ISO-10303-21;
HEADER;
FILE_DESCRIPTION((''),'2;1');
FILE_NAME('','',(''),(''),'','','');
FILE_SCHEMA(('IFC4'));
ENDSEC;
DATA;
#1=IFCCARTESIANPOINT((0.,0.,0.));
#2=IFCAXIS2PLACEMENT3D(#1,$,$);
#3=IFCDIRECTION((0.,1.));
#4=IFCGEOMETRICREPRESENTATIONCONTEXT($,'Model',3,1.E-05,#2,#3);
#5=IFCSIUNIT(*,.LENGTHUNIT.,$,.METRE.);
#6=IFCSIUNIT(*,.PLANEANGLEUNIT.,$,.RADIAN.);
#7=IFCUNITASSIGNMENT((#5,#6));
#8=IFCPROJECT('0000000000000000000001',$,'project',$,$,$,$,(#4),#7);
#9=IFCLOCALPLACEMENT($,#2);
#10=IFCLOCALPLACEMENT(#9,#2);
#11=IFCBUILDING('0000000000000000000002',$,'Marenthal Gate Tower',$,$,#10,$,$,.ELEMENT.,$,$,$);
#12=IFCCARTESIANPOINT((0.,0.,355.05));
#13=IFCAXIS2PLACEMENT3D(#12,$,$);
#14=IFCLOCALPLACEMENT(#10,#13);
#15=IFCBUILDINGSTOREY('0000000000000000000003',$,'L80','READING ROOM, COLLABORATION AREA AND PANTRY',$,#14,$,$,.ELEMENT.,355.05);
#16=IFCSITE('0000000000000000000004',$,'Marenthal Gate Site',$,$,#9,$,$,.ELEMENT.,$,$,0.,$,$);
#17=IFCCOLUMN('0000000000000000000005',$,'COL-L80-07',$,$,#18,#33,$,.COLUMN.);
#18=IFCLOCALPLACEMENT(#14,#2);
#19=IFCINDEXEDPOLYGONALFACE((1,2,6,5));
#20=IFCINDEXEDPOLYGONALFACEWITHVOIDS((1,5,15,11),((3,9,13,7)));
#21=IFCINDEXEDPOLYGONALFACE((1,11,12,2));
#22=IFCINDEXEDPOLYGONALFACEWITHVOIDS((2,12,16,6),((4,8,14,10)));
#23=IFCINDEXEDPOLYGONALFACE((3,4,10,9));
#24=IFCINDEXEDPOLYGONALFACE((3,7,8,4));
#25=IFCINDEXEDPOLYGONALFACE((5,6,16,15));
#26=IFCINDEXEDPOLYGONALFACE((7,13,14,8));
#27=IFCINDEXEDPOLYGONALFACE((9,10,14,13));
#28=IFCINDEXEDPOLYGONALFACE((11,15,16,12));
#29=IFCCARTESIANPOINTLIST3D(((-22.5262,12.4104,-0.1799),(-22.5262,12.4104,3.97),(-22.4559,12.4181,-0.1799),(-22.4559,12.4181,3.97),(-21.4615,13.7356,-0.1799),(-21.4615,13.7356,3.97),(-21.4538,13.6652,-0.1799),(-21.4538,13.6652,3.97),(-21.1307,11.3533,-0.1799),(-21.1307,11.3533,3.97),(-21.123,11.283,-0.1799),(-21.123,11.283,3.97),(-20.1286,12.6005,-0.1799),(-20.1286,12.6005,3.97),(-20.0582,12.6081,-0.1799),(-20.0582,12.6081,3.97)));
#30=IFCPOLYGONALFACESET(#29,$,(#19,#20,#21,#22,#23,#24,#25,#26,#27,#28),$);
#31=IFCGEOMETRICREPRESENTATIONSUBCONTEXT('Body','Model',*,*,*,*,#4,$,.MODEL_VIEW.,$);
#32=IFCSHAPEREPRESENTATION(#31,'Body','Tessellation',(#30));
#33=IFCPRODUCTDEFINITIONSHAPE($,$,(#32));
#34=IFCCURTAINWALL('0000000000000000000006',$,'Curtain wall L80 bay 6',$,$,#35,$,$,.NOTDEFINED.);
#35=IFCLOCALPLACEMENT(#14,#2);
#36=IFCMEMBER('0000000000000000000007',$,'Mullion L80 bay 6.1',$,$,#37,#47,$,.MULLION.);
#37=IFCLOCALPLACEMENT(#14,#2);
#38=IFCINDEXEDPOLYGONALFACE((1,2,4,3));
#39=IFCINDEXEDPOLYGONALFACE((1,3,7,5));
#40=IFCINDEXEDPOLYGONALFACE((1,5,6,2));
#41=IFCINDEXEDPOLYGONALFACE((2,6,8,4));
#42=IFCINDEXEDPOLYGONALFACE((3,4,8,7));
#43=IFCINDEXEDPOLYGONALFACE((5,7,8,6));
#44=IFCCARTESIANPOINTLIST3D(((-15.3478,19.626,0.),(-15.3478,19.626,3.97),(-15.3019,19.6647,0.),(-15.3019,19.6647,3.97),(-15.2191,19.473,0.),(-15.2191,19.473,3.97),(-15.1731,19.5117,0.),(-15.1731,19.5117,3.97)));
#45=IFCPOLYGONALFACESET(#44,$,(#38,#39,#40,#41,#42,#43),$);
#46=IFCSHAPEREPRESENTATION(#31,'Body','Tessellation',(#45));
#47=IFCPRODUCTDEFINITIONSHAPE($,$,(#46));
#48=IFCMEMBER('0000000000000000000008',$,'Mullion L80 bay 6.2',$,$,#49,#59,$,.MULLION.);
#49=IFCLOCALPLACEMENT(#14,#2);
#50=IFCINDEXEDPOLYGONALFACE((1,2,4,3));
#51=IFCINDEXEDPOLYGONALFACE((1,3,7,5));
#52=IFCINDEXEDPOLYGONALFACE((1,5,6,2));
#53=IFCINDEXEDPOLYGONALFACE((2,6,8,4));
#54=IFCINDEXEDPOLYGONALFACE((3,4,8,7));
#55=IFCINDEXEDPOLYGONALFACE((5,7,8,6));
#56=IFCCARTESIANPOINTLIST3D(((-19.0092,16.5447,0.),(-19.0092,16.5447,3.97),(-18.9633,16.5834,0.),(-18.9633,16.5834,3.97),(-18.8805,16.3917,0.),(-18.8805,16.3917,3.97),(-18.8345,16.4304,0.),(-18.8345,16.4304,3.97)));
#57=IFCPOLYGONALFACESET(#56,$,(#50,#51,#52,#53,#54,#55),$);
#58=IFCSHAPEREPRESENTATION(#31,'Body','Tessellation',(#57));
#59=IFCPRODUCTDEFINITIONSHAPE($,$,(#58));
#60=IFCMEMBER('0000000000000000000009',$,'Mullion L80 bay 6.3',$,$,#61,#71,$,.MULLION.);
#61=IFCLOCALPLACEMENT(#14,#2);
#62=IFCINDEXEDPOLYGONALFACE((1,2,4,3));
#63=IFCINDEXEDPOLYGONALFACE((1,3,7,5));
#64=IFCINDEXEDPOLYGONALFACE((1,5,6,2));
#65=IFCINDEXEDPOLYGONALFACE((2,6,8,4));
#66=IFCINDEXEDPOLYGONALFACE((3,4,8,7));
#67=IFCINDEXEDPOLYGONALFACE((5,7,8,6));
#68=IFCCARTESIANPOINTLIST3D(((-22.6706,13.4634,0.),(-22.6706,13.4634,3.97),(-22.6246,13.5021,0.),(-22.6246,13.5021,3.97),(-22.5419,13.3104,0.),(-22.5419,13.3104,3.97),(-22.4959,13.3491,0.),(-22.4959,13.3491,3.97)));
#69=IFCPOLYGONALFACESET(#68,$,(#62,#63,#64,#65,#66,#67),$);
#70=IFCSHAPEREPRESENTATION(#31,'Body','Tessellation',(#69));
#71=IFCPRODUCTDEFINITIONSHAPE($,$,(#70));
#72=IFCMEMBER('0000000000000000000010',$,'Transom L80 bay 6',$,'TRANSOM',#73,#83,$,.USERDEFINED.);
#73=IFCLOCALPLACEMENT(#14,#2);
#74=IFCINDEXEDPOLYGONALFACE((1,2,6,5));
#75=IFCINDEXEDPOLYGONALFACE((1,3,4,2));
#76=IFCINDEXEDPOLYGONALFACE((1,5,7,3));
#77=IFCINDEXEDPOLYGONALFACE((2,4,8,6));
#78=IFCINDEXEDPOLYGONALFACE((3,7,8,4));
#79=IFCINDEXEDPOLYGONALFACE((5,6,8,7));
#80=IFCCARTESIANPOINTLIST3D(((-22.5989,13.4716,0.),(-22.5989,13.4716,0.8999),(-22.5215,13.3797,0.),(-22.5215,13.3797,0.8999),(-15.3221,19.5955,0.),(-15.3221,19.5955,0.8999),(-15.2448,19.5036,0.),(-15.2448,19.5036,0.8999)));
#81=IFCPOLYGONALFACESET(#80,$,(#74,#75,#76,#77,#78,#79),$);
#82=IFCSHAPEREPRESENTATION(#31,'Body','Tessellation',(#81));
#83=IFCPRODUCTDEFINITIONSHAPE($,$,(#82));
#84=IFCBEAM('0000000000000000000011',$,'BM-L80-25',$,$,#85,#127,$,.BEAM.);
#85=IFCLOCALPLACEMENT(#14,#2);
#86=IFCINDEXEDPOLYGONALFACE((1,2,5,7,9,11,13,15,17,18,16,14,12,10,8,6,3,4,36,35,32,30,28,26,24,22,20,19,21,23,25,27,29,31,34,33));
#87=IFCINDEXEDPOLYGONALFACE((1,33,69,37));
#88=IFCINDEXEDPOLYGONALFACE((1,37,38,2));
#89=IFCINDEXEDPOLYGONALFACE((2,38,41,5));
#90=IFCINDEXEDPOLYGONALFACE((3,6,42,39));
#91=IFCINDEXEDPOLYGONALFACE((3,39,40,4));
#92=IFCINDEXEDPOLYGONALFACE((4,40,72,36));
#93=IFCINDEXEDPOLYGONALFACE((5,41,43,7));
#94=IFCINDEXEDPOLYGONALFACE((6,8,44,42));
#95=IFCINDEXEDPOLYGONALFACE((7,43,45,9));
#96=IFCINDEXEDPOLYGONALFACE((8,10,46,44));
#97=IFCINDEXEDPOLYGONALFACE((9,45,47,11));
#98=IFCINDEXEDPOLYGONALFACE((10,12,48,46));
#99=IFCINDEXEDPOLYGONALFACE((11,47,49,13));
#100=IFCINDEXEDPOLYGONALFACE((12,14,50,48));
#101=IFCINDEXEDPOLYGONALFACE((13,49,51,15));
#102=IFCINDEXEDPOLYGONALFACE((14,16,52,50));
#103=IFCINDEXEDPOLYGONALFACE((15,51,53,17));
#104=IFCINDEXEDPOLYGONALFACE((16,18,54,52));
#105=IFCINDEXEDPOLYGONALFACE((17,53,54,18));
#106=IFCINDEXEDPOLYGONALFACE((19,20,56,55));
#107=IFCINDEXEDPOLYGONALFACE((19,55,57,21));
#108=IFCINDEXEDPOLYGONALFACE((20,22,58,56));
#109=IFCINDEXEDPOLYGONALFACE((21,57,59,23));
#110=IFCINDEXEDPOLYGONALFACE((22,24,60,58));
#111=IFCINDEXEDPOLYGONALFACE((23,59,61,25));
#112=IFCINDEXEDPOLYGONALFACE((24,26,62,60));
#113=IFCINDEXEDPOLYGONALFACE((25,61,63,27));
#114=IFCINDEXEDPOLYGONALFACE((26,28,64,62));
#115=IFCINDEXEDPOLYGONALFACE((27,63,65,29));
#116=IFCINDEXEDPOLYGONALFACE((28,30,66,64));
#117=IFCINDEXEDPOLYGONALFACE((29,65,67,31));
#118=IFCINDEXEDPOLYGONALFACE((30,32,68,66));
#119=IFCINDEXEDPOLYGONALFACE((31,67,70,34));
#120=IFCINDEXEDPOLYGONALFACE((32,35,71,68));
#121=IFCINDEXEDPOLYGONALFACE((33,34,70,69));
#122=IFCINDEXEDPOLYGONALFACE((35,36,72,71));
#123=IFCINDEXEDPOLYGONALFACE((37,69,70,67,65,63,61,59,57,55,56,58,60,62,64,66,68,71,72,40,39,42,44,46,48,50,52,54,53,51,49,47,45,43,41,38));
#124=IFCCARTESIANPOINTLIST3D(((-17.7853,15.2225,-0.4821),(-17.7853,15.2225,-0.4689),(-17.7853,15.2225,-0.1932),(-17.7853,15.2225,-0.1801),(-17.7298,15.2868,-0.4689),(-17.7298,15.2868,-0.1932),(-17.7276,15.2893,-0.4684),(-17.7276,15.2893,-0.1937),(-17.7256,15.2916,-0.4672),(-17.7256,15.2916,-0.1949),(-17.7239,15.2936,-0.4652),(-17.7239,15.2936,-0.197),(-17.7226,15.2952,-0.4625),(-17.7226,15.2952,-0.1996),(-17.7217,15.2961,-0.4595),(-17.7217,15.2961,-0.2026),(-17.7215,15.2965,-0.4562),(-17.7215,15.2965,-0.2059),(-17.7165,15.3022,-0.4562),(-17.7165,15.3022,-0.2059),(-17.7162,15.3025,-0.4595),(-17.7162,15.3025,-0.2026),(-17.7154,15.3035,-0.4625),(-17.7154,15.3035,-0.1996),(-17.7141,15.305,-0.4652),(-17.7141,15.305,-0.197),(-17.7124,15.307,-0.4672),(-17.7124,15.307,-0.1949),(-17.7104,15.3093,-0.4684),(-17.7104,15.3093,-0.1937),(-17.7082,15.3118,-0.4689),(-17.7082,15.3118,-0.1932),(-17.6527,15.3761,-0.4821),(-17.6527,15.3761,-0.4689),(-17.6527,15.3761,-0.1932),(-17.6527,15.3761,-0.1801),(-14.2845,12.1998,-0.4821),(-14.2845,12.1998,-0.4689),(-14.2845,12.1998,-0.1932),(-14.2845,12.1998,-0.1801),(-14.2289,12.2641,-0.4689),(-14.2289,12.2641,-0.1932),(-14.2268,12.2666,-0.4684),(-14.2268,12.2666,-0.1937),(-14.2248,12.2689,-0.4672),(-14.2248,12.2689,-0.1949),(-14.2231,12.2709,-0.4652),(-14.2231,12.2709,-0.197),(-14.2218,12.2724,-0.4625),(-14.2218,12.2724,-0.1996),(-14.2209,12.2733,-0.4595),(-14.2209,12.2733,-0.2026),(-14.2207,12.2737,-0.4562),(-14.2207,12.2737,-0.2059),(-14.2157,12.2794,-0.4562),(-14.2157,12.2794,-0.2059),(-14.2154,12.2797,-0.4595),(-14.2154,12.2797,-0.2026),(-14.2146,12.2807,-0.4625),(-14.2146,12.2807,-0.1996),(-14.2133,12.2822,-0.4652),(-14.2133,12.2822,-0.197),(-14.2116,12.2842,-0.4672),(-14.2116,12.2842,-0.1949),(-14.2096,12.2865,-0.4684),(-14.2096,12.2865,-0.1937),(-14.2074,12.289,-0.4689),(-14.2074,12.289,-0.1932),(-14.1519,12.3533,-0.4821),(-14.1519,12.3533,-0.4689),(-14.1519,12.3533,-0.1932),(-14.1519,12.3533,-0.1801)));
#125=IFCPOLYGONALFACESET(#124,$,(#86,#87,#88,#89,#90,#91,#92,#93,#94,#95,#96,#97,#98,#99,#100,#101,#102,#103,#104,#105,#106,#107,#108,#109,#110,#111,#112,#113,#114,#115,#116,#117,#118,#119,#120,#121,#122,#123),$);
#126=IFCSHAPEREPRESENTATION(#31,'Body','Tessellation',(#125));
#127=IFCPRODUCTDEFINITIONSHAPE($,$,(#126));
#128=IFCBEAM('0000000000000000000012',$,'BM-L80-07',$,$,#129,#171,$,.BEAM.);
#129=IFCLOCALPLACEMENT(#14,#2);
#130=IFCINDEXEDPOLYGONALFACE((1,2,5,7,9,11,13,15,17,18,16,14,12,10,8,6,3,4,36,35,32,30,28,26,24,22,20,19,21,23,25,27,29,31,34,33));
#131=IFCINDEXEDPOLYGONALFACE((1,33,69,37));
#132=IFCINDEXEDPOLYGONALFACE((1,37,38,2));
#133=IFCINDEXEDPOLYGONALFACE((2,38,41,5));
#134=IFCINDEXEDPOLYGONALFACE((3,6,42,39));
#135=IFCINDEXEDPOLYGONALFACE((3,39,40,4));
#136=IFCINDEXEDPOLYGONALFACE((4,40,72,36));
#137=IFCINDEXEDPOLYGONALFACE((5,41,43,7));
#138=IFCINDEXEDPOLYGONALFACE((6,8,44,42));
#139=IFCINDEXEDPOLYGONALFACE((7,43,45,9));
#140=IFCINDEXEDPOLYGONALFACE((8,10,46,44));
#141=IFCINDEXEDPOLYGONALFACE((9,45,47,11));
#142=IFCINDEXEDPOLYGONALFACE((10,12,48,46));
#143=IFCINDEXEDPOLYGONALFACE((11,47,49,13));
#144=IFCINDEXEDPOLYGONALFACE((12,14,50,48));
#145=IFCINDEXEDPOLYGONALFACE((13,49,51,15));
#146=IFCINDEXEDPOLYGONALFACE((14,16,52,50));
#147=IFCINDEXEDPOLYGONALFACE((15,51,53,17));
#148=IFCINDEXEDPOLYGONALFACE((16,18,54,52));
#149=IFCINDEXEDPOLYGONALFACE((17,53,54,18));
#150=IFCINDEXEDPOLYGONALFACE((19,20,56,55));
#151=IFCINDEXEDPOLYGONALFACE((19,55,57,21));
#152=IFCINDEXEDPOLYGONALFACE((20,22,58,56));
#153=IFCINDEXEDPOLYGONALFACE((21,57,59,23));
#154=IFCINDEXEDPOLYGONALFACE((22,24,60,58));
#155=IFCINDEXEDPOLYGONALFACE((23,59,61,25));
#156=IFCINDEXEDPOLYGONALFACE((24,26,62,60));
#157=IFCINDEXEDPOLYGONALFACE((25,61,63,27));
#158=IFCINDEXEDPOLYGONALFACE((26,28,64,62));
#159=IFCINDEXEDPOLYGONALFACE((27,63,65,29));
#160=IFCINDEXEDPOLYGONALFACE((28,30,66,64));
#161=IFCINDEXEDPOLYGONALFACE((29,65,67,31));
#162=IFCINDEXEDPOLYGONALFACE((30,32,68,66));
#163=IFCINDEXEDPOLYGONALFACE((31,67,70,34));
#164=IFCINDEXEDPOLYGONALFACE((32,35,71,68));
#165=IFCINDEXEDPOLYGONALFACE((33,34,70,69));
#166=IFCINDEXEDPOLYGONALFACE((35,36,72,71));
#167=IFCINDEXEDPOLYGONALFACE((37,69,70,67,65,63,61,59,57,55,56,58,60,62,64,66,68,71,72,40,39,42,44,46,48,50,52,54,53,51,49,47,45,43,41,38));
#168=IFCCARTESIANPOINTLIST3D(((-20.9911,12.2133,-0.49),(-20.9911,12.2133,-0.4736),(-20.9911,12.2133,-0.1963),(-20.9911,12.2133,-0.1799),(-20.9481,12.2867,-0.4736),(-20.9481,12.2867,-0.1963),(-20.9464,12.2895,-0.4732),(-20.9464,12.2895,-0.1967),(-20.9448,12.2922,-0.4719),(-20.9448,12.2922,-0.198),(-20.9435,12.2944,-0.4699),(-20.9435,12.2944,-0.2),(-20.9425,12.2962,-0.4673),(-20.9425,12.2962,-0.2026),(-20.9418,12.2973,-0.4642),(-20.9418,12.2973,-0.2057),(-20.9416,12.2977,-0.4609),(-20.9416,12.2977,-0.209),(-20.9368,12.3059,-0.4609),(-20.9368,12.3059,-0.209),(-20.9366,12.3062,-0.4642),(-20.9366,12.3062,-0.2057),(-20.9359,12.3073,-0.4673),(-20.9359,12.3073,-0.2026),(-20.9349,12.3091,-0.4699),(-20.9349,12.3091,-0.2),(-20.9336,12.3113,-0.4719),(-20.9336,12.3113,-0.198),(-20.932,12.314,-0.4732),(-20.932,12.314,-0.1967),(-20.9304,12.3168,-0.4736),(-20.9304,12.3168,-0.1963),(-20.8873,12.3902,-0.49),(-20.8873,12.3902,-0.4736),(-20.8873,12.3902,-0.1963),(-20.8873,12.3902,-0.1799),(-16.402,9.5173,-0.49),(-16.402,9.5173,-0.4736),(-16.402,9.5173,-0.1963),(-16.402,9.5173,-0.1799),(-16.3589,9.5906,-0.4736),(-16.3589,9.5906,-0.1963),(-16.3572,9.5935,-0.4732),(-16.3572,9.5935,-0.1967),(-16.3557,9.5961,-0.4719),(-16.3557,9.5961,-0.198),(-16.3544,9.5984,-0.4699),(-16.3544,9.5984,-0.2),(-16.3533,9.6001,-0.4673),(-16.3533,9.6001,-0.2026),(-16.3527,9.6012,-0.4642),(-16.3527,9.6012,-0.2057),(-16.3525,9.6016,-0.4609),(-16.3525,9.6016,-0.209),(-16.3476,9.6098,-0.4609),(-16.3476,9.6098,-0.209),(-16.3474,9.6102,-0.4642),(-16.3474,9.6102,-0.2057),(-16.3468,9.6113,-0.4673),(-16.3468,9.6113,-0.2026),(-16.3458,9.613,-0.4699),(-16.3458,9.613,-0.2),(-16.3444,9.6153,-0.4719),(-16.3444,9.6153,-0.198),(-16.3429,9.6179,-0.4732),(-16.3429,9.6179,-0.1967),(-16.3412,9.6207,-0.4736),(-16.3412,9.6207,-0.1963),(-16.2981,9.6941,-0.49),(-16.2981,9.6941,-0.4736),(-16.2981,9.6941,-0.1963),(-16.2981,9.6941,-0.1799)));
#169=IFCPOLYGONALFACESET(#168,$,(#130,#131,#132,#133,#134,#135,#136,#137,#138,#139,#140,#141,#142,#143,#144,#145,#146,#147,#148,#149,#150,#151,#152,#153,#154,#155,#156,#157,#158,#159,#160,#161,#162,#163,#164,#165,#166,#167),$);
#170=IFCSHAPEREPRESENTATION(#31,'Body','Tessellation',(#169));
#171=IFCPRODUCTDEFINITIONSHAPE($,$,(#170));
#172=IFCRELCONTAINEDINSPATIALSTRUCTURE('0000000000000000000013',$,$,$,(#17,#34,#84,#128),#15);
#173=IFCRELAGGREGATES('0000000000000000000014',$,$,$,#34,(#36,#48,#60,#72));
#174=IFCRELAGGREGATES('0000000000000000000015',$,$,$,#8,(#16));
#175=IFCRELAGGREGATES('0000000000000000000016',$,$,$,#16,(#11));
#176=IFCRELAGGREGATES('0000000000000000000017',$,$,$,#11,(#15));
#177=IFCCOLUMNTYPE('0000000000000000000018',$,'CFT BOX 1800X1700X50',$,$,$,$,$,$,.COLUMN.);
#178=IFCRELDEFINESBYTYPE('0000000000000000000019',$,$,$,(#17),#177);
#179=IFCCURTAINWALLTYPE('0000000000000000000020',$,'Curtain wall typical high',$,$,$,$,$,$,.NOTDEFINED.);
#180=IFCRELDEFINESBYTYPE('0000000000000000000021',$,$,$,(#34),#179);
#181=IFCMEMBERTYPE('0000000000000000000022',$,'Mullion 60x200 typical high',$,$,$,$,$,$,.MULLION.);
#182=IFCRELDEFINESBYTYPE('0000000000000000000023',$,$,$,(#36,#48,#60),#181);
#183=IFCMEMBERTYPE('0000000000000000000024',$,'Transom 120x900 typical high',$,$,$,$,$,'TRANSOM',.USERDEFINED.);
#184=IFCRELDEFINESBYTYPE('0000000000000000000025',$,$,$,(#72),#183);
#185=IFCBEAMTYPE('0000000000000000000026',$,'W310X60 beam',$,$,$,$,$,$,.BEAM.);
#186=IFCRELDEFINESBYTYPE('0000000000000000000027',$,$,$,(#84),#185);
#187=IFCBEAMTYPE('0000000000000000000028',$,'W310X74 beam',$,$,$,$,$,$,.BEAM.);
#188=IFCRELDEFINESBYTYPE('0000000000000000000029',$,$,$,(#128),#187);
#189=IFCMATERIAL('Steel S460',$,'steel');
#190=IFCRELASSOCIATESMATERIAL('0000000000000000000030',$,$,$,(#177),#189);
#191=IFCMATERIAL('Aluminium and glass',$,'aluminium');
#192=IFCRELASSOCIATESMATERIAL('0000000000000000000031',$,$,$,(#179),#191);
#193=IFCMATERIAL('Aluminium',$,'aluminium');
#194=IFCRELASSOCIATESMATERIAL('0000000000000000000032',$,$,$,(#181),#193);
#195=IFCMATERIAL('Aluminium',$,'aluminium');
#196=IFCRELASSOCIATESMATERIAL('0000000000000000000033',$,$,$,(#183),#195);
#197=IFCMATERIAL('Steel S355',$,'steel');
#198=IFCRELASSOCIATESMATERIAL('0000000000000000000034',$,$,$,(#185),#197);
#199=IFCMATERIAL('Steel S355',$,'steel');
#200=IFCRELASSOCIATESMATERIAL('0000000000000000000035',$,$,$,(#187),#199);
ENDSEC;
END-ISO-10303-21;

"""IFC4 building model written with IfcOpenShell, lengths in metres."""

from ifc_helpers import new_model, si_unit, direction, frame, origin, origin_2d, place, context, subcontext, project, spatial, rectangle, hollow_rectangle, i_section, extrude, material, material_profile, profile_set, type_object, element, aggregate, save


model = new_model("IFC4")

# Units and contexts
model_context = context("Model", 3, precision=1e-05, world=origin(), true_north=direction((0.0, 1.0)))
body_context = subcontext(model_context, "Body", "Model", "MODEL_VIEW")
ifc_project = project(units=[si_unit("LENGTHUNIT", "METRE"), si_unit("PLANEANGLEUNIT", "RADIAN")], contexts=[model_context])

# Site, building, storey
site_placement = place(None, origin())
site = spatial("IfcSite", under=ifc_project, at=site_placement, Name="Marenthal Gate Site", CompositionType="ELEMENT", RefElevation=0.0)
building_placement = place(site_placement, origin())
building = spatial("IfcBuilding", under=site, at=building_placement, Name="Marenthal Gate Tower", CompositionType="ELEMENT")
storey_placement = place(building_placement, frame((0.0, 0.0, 355.05)))
storey = spatial("IfcBuildingStorey", under=building, at=storey_placement, Name="L80", Description="READING ROOM, COLLABORATION AREA AND PANTRY", CompositionType="ELEMENT", Elevation=355.05)

# Column
ifc_material_1 = material(Name="Steel S460", Category="steel")
ifc_material_profile_1 = material_profile(ifc_material_1, hollow_rectangle(XDim=1.7, YDim=1.8, WallThickness=0.05, at=origin_2d()), Name="CFT BOX 1800X1700X50")
ifc_material_2 = material(Name="Concrete 70 MPa", Category="concrete")
ifc_material_profile_2 = material_profile(ifc_material_2, rectangle(XDim=1.6001, YDim=1.7, at=origin_2d()), Name="CFT BOX 1800X1700X50 INFILL")
ifc_profile_set_1 = profile_set([ifc_material_profile_1, ifc_material_profile_2], Name="Steel S460 shell, Concrete 70 MPa infill")
column_type = type_object("IfcColumnType", Name="CFT BOX 1800X1700X50", PredefinedType="COLUMN", material=ifc_profile_set_1)
column_placement = place(storey_placement, frame((-21.2922, 12.5093, -0.1799), z_axis=(0.0, 0.0, 1.0), x_axis=(0.626344, 0.779547, 0.0)))
element("IfcColumn", 1, at=column_placement, inside=storey, type_object=column_type, Name="COL-L80-07", PredefinedType="COLUMN", context=body_context, shape_type="SweptSolid", body=[
    extrude(hollow_rectangle(XDim=1.7, YDim=1.8, WallThickness=0.05, at=origin_2d()), origin(), (0.0, 0.0, 1.0), 4.1499),
])

# Curtain wall, members
ifc_material_3 = material(Name="Aluminium and glass", Category="aluminium")
curtain_wall_type = type_object("IfcCurtainWallType", Name="Curtain wall typical high", PredefinedType="NOTDEFINED", material=ifc_material_3)
curtain_wall_placement = place(storey_placement, origin())
curtain_wall = element("IfcCurtainWall", 2, at=curtain_wall_placement, inside=storey, type_object=curtain_wall_type, Name="Curtain wall L80 bay 6", PredefinedType="NOTDEFINED")
ifc_material_4 = material(Name="Aluminium", Category="aluminium")
ifc_material_profile_3 = material_profile(ifc_material_4, rectangle(XDim=0.2, YDim=0.0601, at=origin_2d()), Name="60x200 aluminium mullion")
ifc_profile_set_2 = profile_set([ifc_material_profile_3], Name="Aluminium")
member_type_1 = type_object("IfcMemberType", Name="Mullion 60x200 typical high", PredefinedType="MULLION", material=ifc_profile_set_2)
member_1_placement = place(storey_placement, frame((-15.2605, 19.5688, 0.0), z_axis=(0.0, 0.0, 1.0), x_axis=(0.643896, -0.765113, 0.0)))
member_1 = element("IfcMember", 3, at=member_1_placement, type_object=member_type_1, Name="Mullion L80 bay 6.1", PredefinedType="MULLION", context=body_context, shape_type="SweptSolid", body=[
    extrude(rectangle(XDim=0.2, YDim=0.0601, at=origin_2d()), origin(), (0.0, 0.0, 1.0), 3.97),
])
member_2_placement = place(storey_placement, frame((-18.9219, 16.4875, 0.0), z_axis=(0.0, 0.0, 1.0), x_axis=(0.643896, -0.765113, 0.0)))
member_2 = element("IfcMember", 4, at=member_2_placement, type_object=member_type_1, Name="Mullion L80 bay 6.2", PredefinedType="MULLION", context=body_context, shape_type="SweptSolid", body=[
    extrude(rectangle(XDim=0.2, YDim=0.0601, at=origin_2d()), origin(), (0.0, 0.0, 1.0), 3.97),
])
member_3_placement = place(storey_placement, frame((-22.5833, 13.4062, 0.0), z_axis=(0.0, 0.0, 1.0), x_axis=(0.643896, -0.765113, 0.0)))
member_3 = element("IfcMember", 5, at=member_3_placement, type_object=member_type_1, Name="Mullion L80 bay 6.3", PredefinedType="MULLION", context=body_context, shape_type="SweptSolid", body=[
    extrude(rectangle(XDim=0.2, YDim=0.0601, at=origin_2d()), origin(), (0.0, 0.0, 1.0), 3.97),
])
ifc_material_5 = material(Name="Aluminium", Category="aluminium")
ifc_material_profile_4 = material_profile(ifc_material_5, rectangle(XDim=0.1201, YDim=0.8999, at=origin_2d()), Name="120x900 aluminium transom")
ifc_profile_set_3 = profile_set([ifc_material_profile_4], Name="Aluminium")
member_type_2 = type_object("IfcMemberType", Name="Transom 120x900 typical high", ElementType="TRANSOM", PredefinedType="USERDEFINED", material=ifc_profile_set_3)
member_4_placement = place(storey_placement, frame((-15.2834, 19.5496, 0.45), z_axis=(-0.765111, -0.643899, 0.0), x_axis=(0.643899, -0.765111, 0.0)))
member_4 = element("IfcMember", 6, at=member_4_placement, type_object=member_type_2, Name="Transom L80 bay 6", ObjectType="TRANSOM", PredefinedType="USERDEFINED", context=body_context, shape_type="SweptSolid", body=[
    extrude(rectangle(XDim=0.1201, YDim=0.8999, at=origin_2d()), origin(), (0.0, 0.0, 1.0), 9.5107),
])

# Beams
ifc_material_6 = material(Name="Steel S355", Category="steel")
ifc_material_profile_5 = material_profile(ifc_material_6, i_section(OverallWidth=0.2029, OverallDepth=0.302, WebThickness=0.0076, FlangeThickness=0.0132, FilletRadius=0.0127, at=origin_2d()), Name="W310X60")
ifc_profile_set_4 = profile_set([ifc_material_profile_5], Name="Steel S355")
beam_type_1 = type_object("IfcBeamType", Name="W310X60 beam", PredefinedType="BEAM", material=ifc_profile_set_4)
beam_1_placement = place(storey_placement, frame((-17.719, 15.2993, -0.3311), z_axis=(0.756893, -0.653539, 0.0), x_axis=(0.653539, 0.756893, 0.0)))
element("IfcBeam", 7, at=beam_1_placement, inside=storey, type_object=beam_type_1, Name="BM-L80-25", PredefinedType="BEAM", context=body_context, shape_type="SweptSolid", body=[
    extrude(i_section(OverallWidth=0.2029, OverallDepth=0.302, WebThickness=0.0076, FlangeThickness=0.0132, FilletRadius=0.0127, at=origin_2d()), origin(), (0.0, 0.0, 1.0), 4.6252),
])
ifc_material_7 = material(Name="Steel S355", Category="steel")
ifc_material_profile_6 = material_profile(ifc_material_7, i_section(OverallWidth=0.2051, OverallDepth=0.3101, WebThickness=0.0095, FlangeThickness=0.0164, FilletRadius=0.0127, at=origin_2d()), Name="W310X74")
ifc_profile_set_5 = profile_set([ifc_material_profile_6], Name="Steel S355")
beam_type_2 = type_object("IfcBeamType", Name="W310X74 beam", PredefinedType="BEAM", material=ifc_profile_set_5)
beam_2_placement = place(storey_placement, frame((-20.9392, 12.3018, -0.335), z_axis=(0.862216, -0.506541, 0.0), x_axis=(0.506541, 0.862216, 0.0)))
element("IfcBeam", 8, at=beam_2_placement, inside=storey, type_object=beam_type_2, Name="BM-L80-07", PredefinedType="BEAM", context=body_context, shape_type="SweptSolid", body=[
    extrude(i_section(OverallWidth=0.2051, OverallDepth=0.3101, WebThickness=0.0095, FlangeThickness=0.0164, FilletRadius=0.0127, at=origin_2d()), origin(), (0.0, 0.0, 1.0), 5.3225),
])

aggregate(curtain_wall, [member_1, member_2, member_3, member_4])

save(model, "model.ifc")
